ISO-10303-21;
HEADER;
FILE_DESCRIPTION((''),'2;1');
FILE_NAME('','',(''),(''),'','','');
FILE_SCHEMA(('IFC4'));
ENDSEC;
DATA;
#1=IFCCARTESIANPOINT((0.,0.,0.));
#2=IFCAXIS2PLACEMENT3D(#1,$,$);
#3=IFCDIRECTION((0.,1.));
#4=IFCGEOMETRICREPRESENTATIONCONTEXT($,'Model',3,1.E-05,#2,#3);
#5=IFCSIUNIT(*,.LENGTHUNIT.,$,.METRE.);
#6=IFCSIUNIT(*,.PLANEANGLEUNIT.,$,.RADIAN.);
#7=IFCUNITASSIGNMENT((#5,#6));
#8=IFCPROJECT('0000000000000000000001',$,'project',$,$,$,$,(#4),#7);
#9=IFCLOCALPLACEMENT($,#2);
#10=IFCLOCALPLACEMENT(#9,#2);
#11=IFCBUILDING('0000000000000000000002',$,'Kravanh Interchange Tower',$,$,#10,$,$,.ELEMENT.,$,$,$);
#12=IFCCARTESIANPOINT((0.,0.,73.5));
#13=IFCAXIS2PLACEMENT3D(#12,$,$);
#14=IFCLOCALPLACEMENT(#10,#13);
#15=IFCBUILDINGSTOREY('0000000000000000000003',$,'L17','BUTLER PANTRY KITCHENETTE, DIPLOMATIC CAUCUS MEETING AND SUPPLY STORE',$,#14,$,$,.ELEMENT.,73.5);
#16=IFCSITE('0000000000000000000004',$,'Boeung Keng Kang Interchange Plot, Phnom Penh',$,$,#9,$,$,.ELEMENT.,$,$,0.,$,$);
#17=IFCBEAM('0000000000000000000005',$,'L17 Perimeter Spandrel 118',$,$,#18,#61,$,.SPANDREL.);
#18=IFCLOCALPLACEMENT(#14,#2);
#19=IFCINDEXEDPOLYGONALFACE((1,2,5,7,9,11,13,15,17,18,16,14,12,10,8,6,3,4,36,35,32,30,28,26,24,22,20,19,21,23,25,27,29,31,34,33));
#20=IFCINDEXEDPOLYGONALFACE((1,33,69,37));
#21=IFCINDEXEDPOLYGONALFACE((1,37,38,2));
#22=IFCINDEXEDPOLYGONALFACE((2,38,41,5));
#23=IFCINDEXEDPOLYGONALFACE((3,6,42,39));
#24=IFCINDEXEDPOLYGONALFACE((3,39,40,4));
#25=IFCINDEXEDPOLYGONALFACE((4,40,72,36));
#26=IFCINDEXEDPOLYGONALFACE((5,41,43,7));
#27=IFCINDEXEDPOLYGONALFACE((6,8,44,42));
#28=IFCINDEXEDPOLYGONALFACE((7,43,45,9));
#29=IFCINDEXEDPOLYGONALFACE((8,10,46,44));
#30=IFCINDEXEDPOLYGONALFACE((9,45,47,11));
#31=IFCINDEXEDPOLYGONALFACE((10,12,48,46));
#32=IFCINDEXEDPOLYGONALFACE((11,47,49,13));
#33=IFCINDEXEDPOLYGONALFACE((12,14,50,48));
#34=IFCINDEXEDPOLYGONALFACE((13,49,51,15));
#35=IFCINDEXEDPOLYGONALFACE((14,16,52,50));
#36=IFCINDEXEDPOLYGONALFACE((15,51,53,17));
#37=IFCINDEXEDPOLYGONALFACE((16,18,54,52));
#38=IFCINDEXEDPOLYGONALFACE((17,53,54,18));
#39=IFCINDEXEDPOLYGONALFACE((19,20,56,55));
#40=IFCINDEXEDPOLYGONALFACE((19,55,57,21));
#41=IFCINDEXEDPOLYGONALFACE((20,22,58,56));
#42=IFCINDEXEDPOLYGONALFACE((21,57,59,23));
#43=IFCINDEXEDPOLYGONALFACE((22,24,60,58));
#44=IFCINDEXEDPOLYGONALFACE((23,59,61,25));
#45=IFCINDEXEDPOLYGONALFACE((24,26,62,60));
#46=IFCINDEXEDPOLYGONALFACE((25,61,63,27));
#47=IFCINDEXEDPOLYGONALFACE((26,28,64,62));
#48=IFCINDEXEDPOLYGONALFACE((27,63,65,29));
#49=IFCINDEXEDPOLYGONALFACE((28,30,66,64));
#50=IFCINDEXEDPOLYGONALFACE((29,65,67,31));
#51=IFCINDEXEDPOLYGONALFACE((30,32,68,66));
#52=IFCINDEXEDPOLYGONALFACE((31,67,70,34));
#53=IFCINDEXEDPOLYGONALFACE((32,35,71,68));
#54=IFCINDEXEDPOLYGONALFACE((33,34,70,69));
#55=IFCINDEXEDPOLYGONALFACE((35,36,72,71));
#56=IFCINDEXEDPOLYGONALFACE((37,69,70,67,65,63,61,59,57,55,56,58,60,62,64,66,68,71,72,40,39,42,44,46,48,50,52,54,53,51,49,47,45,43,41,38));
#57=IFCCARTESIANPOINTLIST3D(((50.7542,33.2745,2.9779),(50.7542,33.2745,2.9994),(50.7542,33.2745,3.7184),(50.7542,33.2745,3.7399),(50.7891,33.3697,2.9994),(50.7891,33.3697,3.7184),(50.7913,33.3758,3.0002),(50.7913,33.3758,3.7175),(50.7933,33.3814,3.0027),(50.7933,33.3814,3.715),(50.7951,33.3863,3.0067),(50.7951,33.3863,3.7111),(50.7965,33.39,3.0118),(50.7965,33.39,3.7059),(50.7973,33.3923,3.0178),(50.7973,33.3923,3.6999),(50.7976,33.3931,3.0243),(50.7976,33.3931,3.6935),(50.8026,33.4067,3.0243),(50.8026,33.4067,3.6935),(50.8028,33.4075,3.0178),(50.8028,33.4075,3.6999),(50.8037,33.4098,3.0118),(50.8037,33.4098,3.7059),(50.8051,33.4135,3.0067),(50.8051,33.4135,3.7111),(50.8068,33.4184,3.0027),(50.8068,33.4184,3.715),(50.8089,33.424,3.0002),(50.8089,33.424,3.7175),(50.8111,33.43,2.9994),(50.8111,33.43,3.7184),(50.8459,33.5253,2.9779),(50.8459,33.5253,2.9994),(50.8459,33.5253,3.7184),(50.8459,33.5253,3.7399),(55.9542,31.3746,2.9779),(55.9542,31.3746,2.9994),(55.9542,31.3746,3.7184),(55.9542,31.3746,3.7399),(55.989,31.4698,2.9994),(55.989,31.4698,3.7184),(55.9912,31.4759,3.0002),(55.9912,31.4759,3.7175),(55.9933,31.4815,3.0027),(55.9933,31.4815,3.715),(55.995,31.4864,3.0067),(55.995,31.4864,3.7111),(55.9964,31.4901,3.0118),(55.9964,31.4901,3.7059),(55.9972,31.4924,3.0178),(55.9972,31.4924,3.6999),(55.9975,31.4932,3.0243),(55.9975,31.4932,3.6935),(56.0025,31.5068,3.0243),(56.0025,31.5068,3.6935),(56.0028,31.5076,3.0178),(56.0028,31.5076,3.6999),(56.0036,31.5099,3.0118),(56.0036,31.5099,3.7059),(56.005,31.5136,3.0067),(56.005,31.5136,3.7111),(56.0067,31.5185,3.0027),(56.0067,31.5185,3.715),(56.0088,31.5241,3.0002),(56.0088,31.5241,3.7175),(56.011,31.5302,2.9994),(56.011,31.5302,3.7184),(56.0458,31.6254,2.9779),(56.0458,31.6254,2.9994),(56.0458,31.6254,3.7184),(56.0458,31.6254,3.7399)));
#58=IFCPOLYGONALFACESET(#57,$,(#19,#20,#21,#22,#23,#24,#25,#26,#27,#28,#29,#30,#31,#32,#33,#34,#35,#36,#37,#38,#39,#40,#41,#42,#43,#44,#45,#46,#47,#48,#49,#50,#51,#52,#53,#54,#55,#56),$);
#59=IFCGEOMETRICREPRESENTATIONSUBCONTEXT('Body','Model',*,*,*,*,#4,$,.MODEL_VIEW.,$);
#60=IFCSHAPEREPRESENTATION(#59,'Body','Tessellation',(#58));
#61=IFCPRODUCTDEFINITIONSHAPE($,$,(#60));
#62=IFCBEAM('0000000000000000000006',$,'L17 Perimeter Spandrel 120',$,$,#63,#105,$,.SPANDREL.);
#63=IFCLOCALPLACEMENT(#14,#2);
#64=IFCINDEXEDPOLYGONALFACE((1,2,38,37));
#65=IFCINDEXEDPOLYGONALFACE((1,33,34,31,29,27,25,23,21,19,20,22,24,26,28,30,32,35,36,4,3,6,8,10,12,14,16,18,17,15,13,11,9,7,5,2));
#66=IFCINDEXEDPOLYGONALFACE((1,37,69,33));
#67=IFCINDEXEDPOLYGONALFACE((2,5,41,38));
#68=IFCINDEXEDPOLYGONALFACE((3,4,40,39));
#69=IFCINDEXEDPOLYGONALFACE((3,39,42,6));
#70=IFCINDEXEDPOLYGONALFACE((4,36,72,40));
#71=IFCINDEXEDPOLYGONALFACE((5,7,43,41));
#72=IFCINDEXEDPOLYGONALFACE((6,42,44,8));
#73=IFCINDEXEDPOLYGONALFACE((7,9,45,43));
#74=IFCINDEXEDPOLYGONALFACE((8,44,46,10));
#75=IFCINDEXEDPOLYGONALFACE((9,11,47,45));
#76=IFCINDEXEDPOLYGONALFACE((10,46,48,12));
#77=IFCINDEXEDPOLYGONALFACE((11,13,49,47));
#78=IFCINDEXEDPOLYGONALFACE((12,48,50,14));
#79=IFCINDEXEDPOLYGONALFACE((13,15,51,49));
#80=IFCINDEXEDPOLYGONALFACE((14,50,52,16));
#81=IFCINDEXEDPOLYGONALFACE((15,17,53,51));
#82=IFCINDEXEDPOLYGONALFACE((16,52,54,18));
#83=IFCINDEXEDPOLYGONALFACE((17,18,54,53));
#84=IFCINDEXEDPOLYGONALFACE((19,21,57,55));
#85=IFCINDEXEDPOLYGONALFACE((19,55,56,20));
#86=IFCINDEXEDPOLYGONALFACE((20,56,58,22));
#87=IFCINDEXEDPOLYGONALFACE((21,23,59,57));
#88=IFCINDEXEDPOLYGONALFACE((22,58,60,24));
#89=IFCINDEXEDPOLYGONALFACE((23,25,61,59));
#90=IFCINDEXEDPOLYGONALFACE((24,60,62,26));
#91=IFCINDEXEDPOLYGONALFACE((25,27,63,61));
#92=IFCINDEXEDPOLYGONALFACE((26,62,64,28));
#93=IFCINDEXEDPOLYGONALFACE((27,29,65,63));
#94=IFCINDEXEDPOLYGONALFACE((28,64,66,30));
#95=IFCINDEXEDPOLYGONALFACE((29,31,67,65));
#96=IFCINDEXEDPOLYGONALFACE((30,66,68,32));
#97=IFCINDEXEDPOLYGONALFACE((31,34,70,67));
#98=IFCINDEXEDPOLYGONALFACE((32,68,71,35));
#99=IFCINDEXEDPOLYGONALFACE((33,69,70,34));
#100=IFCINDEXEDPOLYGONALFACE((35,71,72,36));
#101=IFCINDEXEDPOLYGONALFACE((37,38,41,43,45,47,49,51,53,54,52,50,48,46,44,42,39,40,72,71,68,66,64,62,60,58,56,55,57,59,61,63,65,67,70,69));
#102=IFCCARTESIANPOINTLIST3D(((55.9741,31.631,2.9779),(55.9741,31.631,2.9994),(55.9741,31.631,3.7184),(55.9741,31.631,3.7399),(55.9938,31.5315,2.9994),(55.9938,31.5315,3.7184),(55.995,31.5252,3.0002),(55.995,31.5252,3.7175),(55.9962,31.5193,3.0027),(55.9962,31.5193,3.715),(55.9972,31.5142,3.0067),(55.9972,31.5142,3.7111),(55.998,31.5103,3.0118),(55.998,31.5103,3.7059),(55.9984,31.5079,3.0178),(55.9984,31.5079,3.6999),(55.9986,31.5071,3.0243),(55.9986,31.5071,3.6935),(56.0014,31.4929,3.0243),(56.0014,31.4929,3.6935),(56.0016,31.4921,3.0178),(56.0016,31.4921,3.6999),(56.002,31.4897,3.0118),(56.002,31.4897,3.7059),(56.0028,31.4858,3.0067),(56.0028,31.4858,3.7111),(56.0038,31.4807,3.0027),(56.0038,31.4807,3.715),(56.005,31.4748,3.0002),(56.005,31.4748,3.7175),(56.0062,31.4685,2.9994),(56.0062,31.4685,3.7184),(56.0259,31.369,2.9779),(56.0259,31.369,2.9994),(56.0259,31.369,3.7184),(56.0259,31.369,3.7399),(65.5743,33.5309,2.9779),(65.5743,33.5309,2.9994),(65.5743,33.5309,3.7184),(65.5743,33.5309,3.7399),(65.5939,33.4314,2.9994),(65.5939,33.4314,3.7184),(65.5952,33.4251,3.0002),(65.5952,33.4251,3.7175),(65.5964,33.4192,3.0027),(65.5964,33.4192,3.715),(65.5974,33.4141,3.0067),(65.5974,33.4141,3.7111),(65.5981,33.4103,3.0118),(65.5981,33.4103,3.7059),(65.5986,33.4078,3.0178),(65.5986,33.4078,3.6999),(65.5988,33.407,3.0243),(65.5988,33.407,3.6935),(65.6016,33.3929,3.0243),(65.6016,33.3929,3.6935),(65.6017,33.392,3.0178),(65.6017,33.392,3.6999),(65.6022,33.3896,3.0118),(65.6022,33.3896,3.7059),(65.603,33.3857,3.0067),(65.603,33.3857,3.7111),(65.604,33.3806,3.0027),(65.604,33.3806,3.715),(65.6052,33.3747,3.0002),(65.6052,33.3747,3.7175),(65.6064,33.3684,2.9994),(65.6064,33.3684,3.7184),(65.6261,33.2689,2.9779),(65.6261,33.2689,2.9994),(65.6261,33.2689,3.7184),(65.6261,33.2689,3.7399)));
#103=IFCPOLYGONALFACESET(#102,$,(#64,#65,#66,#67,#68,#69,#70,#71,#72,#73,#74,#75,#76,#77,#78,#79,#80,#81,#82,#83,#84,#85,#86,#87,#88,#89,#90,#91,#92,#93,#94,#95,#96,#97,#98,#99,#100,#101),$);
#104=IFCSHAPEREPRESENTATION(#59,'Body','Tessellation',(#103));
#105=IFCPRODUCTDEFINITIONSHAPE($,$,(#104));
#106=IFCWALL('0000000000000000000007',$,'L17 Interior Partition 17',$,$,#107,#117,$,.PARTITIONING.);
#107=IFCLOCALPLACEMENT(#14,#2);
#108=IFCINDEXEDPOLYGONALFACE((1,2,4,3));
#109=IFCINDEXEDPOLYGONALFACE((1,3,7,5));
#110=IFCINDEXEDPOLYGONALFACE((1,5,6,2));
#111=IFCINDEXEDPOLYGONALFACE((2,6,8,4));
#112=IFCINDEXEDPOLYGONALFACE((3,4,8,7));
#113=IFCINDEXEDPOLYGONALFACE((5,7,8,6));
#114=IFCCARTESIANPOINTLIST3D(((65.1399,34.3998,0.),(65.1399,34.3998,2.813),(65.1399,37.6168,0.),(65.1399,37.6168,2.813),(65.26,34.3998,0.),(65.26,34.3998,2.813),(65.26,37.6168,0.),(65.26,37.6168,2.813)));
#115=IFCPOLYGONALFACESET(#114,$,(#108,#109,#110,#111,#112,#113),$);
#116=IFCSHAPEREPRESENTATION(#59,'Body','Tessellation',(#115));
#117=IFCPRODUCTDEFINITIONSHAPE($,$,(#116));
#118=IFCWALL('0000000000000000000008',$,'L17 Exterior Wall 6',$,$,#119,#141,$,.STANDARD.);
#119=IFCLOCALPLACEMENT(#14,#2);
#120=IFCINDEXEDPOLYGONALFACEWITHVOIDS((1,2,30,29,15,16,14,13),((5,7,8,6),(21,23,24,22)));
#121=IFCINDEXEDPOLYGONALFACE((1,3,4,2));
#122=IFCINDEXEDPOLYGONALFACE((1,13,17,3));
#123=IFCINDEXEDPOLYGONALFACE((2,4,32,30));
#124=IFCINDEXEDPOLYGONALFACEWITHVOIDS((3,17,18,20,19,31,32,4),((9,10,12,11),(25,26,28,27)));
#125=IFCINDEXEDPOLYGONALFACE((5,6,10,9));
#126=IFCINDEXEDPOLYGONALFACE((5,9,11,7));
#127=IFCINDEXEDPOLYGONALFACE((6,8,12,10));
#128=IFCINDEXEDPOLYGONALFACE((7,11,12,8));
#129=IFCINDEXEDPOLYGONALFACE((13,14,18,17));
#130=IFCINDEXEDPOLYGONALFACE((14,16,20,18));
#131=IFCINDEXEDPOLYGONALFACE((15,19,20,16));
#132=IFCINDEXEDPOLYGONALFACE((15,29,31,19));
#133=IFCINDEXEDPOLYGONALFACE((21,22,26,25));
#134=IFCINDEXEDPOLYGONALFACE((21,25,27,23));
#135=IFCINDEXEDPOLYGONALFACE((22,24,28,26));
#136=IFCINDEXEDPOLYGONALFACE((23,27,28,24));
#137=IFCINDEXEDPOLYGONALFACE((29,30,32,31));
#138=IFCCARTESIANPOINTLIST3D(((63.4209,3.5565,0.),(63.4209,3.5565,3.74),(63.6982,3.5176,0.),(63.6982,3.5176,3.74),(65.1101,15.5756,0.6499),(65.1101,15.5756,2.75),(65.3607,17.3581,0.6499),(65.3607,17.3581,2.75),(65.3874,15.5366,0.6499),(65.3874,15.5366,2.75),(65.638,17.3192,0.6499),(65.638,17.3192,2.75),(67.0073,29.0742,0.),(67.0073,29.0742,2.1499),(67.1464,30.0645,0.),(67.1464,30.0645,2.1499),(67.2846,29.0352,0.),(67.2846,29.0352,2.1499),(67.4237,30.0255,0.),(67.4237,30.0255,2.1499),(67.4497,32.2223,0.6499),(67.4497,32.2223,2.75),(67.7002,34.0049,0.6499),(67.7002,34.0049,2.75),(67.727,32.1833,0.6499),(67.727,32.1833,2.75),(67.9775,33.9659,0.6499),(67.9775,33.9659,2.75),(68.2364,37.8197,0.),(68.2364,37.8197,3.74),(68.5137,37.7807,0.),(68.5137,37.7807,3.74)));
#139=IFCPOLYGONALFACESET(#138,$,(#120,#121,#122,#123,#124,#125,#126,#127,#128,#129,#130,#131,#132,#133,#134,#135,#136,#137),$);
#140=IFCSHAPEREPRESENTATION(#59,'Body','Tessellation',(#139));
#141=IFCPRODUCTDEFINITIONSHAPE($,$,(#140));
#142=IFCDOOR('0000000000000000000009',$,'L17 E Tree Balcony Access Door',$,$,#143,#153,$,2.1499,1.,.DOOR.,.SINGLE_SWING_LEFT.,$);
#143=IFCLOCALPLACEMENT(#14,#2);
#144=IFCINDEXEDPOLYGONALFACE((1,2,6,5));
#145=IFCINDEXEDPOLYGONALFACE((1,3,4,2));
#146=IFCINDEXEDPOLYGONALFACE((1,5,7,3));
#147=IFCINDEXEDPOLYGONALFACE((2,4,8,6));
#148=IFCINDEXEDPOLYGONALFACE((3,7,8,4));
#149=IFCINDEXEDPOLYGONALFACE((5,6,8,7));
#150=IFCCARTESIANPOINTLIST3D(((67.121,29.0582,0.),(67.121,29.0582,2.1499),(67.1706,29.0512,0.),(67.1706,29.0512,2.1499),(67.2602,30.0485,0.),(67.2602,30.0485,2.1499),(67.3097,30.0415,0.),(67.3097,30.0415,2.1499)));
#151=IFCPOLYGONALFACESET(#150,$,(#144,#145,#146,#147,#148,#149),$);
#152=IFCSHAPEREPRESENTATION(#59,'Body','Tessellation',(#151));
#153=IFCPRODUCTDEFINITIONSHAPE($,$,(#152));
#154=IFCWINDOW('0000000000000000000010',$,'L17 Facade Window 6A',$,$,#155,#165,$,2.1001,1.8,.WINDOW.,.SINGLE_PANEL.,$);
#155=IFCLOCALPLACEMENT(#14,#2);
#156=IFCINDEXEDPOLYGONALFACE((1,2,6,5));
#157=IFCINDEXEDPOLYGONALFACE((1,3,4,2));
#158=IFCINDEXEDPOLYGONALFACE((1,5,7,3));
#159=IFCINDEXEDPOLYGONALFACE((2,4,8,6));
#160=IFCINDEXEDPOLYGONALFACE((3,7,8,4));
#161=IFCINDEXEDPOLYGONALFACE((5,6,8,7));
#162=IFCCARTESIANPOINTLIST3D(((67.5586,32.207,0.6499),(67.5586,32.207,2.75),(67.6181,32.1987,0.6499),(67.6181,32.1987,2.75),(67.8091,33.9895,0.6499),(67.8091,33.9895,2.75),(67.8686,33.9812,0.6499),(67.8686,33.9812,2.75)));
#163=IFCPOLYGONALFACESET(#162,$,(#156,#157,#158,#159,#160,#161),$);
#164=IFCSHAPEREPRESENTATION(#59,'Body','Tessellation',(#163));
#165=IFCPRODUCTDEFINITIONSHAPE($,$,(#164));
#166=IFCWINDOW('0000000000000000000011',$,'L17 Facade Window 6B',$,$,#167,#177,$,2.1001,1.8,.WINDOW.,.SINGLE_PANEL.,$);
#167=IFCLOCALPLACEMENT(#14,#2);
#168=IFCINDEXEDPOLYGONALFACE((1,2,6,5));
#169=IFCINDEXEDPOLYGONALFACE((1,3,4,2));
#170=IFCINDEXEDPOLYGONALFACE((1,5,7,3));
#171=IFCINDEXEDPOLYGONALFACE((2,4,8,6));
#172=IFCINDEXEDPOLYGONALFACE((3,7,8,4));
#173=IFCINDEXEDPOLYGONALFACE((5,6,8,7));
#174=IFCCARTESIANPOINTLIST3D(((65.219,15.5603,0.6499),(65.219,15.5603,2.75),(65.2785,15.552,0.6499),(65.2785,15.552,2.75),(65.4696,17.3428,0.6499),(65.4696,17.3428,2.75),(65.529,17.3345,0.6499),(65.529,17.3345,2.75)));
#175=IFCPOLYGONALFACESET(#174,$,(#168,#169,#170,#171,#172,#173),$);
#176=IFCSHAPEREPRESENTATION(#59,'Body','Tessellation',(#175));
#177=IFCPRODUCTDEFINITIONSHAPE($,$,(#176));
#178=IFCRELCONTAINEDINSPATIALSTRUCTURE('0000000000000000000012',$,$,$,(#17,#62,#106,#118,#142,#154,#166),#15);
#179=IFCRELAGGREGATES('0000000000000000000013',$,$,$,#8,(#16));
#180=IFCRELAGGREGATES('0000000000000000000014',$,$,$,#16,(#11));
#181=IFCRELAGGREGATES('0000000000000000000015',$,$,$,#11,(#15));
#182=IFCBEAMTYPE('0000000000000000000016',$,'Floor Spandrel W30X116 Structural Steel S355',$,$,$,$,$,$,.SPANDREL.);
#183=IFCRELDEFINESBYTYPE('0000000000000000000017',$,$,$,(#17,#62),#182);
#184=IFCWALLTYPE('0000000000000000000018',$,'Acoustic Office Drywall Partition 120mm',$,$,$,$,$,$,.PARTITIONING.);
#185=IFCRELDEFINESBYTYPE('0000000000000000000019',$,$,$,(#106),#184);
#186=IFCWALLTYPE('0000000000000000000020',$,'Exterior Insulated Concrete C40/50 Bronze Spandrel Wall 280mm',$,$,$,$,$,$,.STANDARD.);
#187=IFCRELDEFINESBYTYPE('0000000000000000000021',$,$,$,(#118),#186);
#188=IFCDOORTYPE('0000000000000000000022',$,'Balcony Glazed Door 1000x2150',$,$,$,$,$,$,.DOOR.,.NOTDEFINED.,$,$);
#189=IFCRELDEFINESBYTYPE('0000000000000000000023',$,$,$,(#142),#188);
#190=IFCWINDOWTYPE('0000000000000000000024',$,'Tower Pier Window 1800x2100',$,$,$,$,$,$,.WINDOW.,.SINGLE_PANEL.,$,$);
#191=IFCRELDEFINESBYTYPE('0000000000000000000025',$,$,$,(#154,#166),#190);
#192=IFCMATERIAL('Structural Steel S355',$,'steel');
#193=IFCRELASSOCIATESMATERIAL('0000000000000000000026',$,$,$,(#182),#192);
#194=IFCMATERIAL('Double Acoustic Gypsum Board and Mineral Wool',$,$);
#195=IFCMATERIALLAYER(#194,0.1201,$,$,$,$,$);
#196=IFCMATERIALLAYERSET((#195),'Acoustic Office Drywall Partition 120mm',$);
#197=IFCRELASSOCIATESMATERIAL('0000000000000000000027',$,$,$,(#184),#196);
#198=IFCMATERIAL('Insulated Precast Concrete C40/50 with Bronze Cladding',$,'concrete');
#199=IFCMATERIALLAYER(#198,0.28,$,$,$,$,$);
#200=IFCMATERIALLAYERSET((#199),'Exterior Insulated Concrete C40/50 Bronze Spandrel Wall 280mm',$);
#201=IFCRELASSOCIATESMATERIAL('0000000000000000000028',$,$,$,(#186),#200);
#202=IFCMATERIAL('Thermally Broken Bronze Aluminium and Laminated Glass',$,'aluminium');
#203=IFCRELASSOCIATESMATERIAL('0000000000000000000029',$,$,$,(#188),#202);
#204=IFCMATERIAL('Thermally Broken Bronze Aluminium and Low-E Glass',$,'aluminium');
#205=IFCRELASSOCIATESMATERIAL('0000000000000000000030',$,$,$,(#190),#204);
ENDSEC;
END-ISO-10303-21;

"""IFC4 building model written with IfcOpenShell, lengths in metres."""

from ifc_helpers import new_model, si_unit, direction, frame, frame_2d, origin, origin_2d, place, context, subcontext, project, spatial, rectangle, i_section, extrude, material, layer, layer_set, material_profile, profile_set, type_object, element, fill, save


model = new_model("IFC4")

# Units and contexts
model_context = context("Model", 3, precision=1e-05, world=origin(), true_north=direction((0.0, 1.0)))
body_context = subcontext(model_context, "Body", "Model", "MODEL_VIEW")
ifc_project = project(units=[si_unit("LENGTHUNIT", "METRE"), si_unit("PLANEANGLEUNIT", "RADIAN")], contexts=[model_context])

# Site, building, storey
site_placement = place(None, origin())
site = spatial("IfcSite", under=ifc_project, at=site_placement, Name="Boeung Keng Kang Interchange Plot, Phnom Penh", CompositionType="ELEMENT", RefElevation=0.0)
building_placement = place(site_placement, origin())
building = spatial("IfcBuilding", under=site, at=building_placement, Name="Kravanh Interchange Tower", CompositionType="ELEMENT")
storey_placement = place(building_placement, frame((0.0, 0.0, 73.5)))
storey = spatial("IfcBuildingStorey", under=building, at=storey_placement, Name="L17", Description="BUTLER PANTRY KITCHENETTE, DIPLOMATIC CAUCUS MEETING AND SUPPLY STORE", CompositionType="ELEMENT", Elevation=73.5)

# Beams
ifc_material_1 = material(Name="Structural Steel S355", Category="steel")
ifc_material_profile_1 = material_profile(ifc_material_1, i_section(OverallWidth=0.2671, OverallDepth=0.762, WebThickness=0.0144, FlangeThickness=0.0215, FilletRadius=0.0249, at=origin_2d()), Name="W30X116")
ifc_profile_set_1 = profile_set([ifc_material_profile_1], Name="Structural Steel S355")
beam_type_1 = type_object("IfcBeamType", Name="Floor Spandrel W30X116 Structural Steel S355", PredefinedType="SPANDREL", material=ifc_profile_set_1)
beam_1_placement = place(storey_placement, frame((56.0, 31.5, 3.3589), z_axis=(-0.93927, 0.34318, 0.0), x_axis=(-0.34318, -0.93927, 0.0)))
element("IfcBeam", 1, at=beam_1_placement, inside=storey, type_object=beam_type_1, Name="L17 Perimeter Spandrel 118", PredefinedType="SPANDREL", context=body_context, shape_type="SweptSolid", body=[
    extrude(i_section(OverallWidth=0.2671, OverallDepth=0.762, WebThickness=0.0144, FlangeThickness=0.0215, FilletRadius=0.0249, at=origin_2d()), origin(), (0.0, 0.0, 1.0), 5.5361),
])
beam_2_placement = place(storey_placement, frame((56.0, 31.5, 3.3589), z_axis=(0.980974, 0.194139, 0.0), x_axis=(-0.194139, 0.980974, 0.0)))
element("IfcBeam", 2, at=beam_2_placement, inside=storey, type_object=beam_type_1, Name="L17 Perimeter Spandrel 120", PredefinedType="SPANDREL", context=body_context, shape_type="SweptSolid", body=[
    extrude(i_section(OverallWidth=0.2671, OverallDepth=0.762, WebThickness=0.0144, FlangeThickness=0.0215, FilletRadius=0.0249, at=origin_2d()), origin(), (0.0, 0.0, 1.0), 9.7864),
])

# Wall
ifc_material_2 = material(Name="Double Acoustic Gypsum Board and Mineral Wool")
ifc_layer_1 = layer(ifc_material_2, 0.1201)
ifc_layer_set_1 = layer_set([ifc_layer_1], Name="Acoustic Office Drywall Partition 120mm")
wall_type_1 = type_object("IfcWallType", Name="Acoustic Office Drywall Partition 120mm", PredefinedType="PARTITIONING", material=ifc_layer_set_1)
wall_1_placement = place(storey_placement, frame((65.2, 34.3999, 0.0), z_axis=(0.0, 0.0, 1.0), x_axis=(0.0, 1.0, 0.0)))
element("IfcWall", 3, at=wall_1_placement, inside=storey, type_object=wall_type_1, Name="L17 Interior Partition 17", PredefinedType="PARTITIONING", context=body_context, shape_type="SweptSolid", body=[
    extrude(rectangle(XDim=3.217, YDim=0.1201, at=frame_2d((1.6084, 0.0))), origin(), (0.0, 0.0, 1.0), 2.813),
])

# Wall, openings, door, windows
ifc_material_3 = material(Name="Insulated Precast Concrete C40/50 with Bronze Cladding", Category="concrete")
ifc_layer_2 = layer(ifc_material_3, 0.28)
ifc_layer_set_2 = layer_set([ifc_layer_2], Name="Exterior Insulated Concrete C40/50 Bronze Spandrel Wall 280mm")
wall_type_2 = type_object("IfcWallType", Name="Exterior Insulated Concrete C40/50 Bronze Spandrel Wall 280mm", PredefinedType="STANDARD", material=ifc_layer_set_2)
wall_2_placement = place(storey_placement, frame((68.375, 37.8, 0.0), z_axis=(0.0, 0.0, 1.0), x_axis=(-0.139175, -0.990268, 0.0)))
wall_2 = element("IfcWall", 4, at=wall_2_placement, inside=storey, type_object=wall_type_2, Name="L17 Exterior Wall 6", PredefinedType="STANDARD", context=body_context, shape_type="SweptSolid", body=[
    extrude(rectangle(XDim=34.5999, YDim=0.28, at=frame_2d((17.2998, 0.0))), origin(), (0.0, 0.0, 1.0), 3.74),
])
opening_1_placement = place(wall_2_placement, frame((7.8313, 0.0, 0.0)))
opening_1 = element("IfcOpeningElement", 5, at=opening_1_placement, cuts=wall_2, PredefinedType="OPENING", context=body_context, shape_type="SweptSolid", body=[
    extrude(rectangle(XDim=1.0, YDim=2.1499, at=frame_2d((0.5, 1.075))), frame((0.0, 0.1499, 0.0), z_axis=(0.0, -1.0, 0.0), x_axis=(1.0, 0.0, 0.0)), (0.0, 0.0, 1.0), 0.3),
])
opening_2_placement = place(wall_2_placement, frame((3.8523, 0.0, 0.6499)))
opening_2 = element("IfcOpeningElement", 6, at=opening_2_placement, cuts=wall_2, PredefinedType="OPENING", context=body_context, shape_type="SweptSolid", body=[
    extrude(rectangle(XDim=1.8, YDim=2.1001, at=frame_2d((0.8999, 1.05))), frame((0.0, 0.1499, 0.0), z_axis=(0.0, -1.0, 0.0), x_axis=(1.0, 0.0, 0.0)), (0.0, 0.0, 1.0), 0.3),
])
opening_3_placement = place(wall_2_placement, frame((20.6626, 0.0, 0.6499)))
opening_3 = element("IfcOpeningElement", 7, at=opening_3_placement, cuts=wall_2, PredefinedType="OPENING", context=body_context, shape_type="SweptSolid", body=[
    extrude(rectangle(XDim=1.8, YDim=2.1001, at=frame_2d((0.8999, 1.05))), frame((0.0, 0.1499, 0.0), z_axis=(0.0, -1.0, 0.0), x_axis=(1.0, 0.0, 0.0)), (0.0, 0.0, 1.0), 0.3),
])
ifc_material_4 = material(Name="Thermally Broken Bronze Aluminium and Laminated Glass", Category="aluminium")
door_type = type_object("IfcDoorType", Name="Balcony Glazed Door 1000x2150", OperationType="NOTDEFINED", PredefinedType="DOOR", material=ifc_material_4)
door_placement = place(opening_1_placement, origin())
door = element("IfcDoor", 8, at=door_placement, inside=storey, type_object=door_type, Name="L17 E Tree Balcony Access Door", OperationType="SINGLE_SWING_LEFT", OverallHeight=2.1499, OverallWidth=1.0, PredefinedType="DOOR", context=body_context, shape_type="SweptSolid", body=[
    extrude(rectangle(XDim=1.0, YDim=2.1499, at=frame_2d((0.5, 1.075))), frame((0.0, 0.0249, 0.0), z_axis=(0.0, -1.0, 0.0), x_axis=(1.0, 0.0, 0.0)), (0.0, 0.0, 1.0), 0.05),
])
fill(opening_1, door)
ifc_material_5 = material(Name="Thermally Broken Bronze Aluminium and Low-E Glass", Category="aluminium")
window_type = type_object("IfcWindowType", Name="Tower Pier Window 1800x2100", PartitioningType="SINGLE_PANEL", PredefinedType="WINDOW", material=ifc_material_5)
window_1_placement = place(opening_2_placement, origin())
window_1 = element("IfcWindow", 9, at=window_1_placement, inside=storey, type_object=window_type, Name="L17 Facade Window 6A", OverallHeight=2.1001, OverallWidth=1.8, PartitioningType="SINGLE_PANEL", PredefinedType="WINDOW", context=body_context, shape_type="SweptSolid", body=[
    extrude(rectangle(XDim=1.8, YDim=2.1001, at=frame_2d((0.8999, 1.05))), frame((0.0, 0.03, 0.0), z_axis=(0.0, -1.0, 0.0), x_axis=(1.0, 0.0, 0.0)), (0.0, 0.0, 1.0), 0.0601),
])
fill(opening_2, window_1)
window_2_placement = place(opening_3_placement, origin())
window_2 = element("IfcWindow", 10, at=window_2_placement, inside=storey, type_object=window_type, Name="L17 Facade Window 6B", OverallHeight=2.1001, OverallWidth=1.8, PartitioningType="SINGLE_PANEL", PredefinedType="WINDOW", context=body_context, shape_type="SweptSolid", body=[
    extrude(rectangle(XDim=1.8, YDim=2.1001, at=frame_2d((0.8999, 1.05))), frame((0.0, 0.03, 0.0), z_axis=(0.0, -1.0, 0.0), x_axis=(1.0, 0.0, 0.0)), (0.0, 0.0, 1.0), 0.0601),
])
fill(opening_3, window_2)

save(model, "model.ifc")
